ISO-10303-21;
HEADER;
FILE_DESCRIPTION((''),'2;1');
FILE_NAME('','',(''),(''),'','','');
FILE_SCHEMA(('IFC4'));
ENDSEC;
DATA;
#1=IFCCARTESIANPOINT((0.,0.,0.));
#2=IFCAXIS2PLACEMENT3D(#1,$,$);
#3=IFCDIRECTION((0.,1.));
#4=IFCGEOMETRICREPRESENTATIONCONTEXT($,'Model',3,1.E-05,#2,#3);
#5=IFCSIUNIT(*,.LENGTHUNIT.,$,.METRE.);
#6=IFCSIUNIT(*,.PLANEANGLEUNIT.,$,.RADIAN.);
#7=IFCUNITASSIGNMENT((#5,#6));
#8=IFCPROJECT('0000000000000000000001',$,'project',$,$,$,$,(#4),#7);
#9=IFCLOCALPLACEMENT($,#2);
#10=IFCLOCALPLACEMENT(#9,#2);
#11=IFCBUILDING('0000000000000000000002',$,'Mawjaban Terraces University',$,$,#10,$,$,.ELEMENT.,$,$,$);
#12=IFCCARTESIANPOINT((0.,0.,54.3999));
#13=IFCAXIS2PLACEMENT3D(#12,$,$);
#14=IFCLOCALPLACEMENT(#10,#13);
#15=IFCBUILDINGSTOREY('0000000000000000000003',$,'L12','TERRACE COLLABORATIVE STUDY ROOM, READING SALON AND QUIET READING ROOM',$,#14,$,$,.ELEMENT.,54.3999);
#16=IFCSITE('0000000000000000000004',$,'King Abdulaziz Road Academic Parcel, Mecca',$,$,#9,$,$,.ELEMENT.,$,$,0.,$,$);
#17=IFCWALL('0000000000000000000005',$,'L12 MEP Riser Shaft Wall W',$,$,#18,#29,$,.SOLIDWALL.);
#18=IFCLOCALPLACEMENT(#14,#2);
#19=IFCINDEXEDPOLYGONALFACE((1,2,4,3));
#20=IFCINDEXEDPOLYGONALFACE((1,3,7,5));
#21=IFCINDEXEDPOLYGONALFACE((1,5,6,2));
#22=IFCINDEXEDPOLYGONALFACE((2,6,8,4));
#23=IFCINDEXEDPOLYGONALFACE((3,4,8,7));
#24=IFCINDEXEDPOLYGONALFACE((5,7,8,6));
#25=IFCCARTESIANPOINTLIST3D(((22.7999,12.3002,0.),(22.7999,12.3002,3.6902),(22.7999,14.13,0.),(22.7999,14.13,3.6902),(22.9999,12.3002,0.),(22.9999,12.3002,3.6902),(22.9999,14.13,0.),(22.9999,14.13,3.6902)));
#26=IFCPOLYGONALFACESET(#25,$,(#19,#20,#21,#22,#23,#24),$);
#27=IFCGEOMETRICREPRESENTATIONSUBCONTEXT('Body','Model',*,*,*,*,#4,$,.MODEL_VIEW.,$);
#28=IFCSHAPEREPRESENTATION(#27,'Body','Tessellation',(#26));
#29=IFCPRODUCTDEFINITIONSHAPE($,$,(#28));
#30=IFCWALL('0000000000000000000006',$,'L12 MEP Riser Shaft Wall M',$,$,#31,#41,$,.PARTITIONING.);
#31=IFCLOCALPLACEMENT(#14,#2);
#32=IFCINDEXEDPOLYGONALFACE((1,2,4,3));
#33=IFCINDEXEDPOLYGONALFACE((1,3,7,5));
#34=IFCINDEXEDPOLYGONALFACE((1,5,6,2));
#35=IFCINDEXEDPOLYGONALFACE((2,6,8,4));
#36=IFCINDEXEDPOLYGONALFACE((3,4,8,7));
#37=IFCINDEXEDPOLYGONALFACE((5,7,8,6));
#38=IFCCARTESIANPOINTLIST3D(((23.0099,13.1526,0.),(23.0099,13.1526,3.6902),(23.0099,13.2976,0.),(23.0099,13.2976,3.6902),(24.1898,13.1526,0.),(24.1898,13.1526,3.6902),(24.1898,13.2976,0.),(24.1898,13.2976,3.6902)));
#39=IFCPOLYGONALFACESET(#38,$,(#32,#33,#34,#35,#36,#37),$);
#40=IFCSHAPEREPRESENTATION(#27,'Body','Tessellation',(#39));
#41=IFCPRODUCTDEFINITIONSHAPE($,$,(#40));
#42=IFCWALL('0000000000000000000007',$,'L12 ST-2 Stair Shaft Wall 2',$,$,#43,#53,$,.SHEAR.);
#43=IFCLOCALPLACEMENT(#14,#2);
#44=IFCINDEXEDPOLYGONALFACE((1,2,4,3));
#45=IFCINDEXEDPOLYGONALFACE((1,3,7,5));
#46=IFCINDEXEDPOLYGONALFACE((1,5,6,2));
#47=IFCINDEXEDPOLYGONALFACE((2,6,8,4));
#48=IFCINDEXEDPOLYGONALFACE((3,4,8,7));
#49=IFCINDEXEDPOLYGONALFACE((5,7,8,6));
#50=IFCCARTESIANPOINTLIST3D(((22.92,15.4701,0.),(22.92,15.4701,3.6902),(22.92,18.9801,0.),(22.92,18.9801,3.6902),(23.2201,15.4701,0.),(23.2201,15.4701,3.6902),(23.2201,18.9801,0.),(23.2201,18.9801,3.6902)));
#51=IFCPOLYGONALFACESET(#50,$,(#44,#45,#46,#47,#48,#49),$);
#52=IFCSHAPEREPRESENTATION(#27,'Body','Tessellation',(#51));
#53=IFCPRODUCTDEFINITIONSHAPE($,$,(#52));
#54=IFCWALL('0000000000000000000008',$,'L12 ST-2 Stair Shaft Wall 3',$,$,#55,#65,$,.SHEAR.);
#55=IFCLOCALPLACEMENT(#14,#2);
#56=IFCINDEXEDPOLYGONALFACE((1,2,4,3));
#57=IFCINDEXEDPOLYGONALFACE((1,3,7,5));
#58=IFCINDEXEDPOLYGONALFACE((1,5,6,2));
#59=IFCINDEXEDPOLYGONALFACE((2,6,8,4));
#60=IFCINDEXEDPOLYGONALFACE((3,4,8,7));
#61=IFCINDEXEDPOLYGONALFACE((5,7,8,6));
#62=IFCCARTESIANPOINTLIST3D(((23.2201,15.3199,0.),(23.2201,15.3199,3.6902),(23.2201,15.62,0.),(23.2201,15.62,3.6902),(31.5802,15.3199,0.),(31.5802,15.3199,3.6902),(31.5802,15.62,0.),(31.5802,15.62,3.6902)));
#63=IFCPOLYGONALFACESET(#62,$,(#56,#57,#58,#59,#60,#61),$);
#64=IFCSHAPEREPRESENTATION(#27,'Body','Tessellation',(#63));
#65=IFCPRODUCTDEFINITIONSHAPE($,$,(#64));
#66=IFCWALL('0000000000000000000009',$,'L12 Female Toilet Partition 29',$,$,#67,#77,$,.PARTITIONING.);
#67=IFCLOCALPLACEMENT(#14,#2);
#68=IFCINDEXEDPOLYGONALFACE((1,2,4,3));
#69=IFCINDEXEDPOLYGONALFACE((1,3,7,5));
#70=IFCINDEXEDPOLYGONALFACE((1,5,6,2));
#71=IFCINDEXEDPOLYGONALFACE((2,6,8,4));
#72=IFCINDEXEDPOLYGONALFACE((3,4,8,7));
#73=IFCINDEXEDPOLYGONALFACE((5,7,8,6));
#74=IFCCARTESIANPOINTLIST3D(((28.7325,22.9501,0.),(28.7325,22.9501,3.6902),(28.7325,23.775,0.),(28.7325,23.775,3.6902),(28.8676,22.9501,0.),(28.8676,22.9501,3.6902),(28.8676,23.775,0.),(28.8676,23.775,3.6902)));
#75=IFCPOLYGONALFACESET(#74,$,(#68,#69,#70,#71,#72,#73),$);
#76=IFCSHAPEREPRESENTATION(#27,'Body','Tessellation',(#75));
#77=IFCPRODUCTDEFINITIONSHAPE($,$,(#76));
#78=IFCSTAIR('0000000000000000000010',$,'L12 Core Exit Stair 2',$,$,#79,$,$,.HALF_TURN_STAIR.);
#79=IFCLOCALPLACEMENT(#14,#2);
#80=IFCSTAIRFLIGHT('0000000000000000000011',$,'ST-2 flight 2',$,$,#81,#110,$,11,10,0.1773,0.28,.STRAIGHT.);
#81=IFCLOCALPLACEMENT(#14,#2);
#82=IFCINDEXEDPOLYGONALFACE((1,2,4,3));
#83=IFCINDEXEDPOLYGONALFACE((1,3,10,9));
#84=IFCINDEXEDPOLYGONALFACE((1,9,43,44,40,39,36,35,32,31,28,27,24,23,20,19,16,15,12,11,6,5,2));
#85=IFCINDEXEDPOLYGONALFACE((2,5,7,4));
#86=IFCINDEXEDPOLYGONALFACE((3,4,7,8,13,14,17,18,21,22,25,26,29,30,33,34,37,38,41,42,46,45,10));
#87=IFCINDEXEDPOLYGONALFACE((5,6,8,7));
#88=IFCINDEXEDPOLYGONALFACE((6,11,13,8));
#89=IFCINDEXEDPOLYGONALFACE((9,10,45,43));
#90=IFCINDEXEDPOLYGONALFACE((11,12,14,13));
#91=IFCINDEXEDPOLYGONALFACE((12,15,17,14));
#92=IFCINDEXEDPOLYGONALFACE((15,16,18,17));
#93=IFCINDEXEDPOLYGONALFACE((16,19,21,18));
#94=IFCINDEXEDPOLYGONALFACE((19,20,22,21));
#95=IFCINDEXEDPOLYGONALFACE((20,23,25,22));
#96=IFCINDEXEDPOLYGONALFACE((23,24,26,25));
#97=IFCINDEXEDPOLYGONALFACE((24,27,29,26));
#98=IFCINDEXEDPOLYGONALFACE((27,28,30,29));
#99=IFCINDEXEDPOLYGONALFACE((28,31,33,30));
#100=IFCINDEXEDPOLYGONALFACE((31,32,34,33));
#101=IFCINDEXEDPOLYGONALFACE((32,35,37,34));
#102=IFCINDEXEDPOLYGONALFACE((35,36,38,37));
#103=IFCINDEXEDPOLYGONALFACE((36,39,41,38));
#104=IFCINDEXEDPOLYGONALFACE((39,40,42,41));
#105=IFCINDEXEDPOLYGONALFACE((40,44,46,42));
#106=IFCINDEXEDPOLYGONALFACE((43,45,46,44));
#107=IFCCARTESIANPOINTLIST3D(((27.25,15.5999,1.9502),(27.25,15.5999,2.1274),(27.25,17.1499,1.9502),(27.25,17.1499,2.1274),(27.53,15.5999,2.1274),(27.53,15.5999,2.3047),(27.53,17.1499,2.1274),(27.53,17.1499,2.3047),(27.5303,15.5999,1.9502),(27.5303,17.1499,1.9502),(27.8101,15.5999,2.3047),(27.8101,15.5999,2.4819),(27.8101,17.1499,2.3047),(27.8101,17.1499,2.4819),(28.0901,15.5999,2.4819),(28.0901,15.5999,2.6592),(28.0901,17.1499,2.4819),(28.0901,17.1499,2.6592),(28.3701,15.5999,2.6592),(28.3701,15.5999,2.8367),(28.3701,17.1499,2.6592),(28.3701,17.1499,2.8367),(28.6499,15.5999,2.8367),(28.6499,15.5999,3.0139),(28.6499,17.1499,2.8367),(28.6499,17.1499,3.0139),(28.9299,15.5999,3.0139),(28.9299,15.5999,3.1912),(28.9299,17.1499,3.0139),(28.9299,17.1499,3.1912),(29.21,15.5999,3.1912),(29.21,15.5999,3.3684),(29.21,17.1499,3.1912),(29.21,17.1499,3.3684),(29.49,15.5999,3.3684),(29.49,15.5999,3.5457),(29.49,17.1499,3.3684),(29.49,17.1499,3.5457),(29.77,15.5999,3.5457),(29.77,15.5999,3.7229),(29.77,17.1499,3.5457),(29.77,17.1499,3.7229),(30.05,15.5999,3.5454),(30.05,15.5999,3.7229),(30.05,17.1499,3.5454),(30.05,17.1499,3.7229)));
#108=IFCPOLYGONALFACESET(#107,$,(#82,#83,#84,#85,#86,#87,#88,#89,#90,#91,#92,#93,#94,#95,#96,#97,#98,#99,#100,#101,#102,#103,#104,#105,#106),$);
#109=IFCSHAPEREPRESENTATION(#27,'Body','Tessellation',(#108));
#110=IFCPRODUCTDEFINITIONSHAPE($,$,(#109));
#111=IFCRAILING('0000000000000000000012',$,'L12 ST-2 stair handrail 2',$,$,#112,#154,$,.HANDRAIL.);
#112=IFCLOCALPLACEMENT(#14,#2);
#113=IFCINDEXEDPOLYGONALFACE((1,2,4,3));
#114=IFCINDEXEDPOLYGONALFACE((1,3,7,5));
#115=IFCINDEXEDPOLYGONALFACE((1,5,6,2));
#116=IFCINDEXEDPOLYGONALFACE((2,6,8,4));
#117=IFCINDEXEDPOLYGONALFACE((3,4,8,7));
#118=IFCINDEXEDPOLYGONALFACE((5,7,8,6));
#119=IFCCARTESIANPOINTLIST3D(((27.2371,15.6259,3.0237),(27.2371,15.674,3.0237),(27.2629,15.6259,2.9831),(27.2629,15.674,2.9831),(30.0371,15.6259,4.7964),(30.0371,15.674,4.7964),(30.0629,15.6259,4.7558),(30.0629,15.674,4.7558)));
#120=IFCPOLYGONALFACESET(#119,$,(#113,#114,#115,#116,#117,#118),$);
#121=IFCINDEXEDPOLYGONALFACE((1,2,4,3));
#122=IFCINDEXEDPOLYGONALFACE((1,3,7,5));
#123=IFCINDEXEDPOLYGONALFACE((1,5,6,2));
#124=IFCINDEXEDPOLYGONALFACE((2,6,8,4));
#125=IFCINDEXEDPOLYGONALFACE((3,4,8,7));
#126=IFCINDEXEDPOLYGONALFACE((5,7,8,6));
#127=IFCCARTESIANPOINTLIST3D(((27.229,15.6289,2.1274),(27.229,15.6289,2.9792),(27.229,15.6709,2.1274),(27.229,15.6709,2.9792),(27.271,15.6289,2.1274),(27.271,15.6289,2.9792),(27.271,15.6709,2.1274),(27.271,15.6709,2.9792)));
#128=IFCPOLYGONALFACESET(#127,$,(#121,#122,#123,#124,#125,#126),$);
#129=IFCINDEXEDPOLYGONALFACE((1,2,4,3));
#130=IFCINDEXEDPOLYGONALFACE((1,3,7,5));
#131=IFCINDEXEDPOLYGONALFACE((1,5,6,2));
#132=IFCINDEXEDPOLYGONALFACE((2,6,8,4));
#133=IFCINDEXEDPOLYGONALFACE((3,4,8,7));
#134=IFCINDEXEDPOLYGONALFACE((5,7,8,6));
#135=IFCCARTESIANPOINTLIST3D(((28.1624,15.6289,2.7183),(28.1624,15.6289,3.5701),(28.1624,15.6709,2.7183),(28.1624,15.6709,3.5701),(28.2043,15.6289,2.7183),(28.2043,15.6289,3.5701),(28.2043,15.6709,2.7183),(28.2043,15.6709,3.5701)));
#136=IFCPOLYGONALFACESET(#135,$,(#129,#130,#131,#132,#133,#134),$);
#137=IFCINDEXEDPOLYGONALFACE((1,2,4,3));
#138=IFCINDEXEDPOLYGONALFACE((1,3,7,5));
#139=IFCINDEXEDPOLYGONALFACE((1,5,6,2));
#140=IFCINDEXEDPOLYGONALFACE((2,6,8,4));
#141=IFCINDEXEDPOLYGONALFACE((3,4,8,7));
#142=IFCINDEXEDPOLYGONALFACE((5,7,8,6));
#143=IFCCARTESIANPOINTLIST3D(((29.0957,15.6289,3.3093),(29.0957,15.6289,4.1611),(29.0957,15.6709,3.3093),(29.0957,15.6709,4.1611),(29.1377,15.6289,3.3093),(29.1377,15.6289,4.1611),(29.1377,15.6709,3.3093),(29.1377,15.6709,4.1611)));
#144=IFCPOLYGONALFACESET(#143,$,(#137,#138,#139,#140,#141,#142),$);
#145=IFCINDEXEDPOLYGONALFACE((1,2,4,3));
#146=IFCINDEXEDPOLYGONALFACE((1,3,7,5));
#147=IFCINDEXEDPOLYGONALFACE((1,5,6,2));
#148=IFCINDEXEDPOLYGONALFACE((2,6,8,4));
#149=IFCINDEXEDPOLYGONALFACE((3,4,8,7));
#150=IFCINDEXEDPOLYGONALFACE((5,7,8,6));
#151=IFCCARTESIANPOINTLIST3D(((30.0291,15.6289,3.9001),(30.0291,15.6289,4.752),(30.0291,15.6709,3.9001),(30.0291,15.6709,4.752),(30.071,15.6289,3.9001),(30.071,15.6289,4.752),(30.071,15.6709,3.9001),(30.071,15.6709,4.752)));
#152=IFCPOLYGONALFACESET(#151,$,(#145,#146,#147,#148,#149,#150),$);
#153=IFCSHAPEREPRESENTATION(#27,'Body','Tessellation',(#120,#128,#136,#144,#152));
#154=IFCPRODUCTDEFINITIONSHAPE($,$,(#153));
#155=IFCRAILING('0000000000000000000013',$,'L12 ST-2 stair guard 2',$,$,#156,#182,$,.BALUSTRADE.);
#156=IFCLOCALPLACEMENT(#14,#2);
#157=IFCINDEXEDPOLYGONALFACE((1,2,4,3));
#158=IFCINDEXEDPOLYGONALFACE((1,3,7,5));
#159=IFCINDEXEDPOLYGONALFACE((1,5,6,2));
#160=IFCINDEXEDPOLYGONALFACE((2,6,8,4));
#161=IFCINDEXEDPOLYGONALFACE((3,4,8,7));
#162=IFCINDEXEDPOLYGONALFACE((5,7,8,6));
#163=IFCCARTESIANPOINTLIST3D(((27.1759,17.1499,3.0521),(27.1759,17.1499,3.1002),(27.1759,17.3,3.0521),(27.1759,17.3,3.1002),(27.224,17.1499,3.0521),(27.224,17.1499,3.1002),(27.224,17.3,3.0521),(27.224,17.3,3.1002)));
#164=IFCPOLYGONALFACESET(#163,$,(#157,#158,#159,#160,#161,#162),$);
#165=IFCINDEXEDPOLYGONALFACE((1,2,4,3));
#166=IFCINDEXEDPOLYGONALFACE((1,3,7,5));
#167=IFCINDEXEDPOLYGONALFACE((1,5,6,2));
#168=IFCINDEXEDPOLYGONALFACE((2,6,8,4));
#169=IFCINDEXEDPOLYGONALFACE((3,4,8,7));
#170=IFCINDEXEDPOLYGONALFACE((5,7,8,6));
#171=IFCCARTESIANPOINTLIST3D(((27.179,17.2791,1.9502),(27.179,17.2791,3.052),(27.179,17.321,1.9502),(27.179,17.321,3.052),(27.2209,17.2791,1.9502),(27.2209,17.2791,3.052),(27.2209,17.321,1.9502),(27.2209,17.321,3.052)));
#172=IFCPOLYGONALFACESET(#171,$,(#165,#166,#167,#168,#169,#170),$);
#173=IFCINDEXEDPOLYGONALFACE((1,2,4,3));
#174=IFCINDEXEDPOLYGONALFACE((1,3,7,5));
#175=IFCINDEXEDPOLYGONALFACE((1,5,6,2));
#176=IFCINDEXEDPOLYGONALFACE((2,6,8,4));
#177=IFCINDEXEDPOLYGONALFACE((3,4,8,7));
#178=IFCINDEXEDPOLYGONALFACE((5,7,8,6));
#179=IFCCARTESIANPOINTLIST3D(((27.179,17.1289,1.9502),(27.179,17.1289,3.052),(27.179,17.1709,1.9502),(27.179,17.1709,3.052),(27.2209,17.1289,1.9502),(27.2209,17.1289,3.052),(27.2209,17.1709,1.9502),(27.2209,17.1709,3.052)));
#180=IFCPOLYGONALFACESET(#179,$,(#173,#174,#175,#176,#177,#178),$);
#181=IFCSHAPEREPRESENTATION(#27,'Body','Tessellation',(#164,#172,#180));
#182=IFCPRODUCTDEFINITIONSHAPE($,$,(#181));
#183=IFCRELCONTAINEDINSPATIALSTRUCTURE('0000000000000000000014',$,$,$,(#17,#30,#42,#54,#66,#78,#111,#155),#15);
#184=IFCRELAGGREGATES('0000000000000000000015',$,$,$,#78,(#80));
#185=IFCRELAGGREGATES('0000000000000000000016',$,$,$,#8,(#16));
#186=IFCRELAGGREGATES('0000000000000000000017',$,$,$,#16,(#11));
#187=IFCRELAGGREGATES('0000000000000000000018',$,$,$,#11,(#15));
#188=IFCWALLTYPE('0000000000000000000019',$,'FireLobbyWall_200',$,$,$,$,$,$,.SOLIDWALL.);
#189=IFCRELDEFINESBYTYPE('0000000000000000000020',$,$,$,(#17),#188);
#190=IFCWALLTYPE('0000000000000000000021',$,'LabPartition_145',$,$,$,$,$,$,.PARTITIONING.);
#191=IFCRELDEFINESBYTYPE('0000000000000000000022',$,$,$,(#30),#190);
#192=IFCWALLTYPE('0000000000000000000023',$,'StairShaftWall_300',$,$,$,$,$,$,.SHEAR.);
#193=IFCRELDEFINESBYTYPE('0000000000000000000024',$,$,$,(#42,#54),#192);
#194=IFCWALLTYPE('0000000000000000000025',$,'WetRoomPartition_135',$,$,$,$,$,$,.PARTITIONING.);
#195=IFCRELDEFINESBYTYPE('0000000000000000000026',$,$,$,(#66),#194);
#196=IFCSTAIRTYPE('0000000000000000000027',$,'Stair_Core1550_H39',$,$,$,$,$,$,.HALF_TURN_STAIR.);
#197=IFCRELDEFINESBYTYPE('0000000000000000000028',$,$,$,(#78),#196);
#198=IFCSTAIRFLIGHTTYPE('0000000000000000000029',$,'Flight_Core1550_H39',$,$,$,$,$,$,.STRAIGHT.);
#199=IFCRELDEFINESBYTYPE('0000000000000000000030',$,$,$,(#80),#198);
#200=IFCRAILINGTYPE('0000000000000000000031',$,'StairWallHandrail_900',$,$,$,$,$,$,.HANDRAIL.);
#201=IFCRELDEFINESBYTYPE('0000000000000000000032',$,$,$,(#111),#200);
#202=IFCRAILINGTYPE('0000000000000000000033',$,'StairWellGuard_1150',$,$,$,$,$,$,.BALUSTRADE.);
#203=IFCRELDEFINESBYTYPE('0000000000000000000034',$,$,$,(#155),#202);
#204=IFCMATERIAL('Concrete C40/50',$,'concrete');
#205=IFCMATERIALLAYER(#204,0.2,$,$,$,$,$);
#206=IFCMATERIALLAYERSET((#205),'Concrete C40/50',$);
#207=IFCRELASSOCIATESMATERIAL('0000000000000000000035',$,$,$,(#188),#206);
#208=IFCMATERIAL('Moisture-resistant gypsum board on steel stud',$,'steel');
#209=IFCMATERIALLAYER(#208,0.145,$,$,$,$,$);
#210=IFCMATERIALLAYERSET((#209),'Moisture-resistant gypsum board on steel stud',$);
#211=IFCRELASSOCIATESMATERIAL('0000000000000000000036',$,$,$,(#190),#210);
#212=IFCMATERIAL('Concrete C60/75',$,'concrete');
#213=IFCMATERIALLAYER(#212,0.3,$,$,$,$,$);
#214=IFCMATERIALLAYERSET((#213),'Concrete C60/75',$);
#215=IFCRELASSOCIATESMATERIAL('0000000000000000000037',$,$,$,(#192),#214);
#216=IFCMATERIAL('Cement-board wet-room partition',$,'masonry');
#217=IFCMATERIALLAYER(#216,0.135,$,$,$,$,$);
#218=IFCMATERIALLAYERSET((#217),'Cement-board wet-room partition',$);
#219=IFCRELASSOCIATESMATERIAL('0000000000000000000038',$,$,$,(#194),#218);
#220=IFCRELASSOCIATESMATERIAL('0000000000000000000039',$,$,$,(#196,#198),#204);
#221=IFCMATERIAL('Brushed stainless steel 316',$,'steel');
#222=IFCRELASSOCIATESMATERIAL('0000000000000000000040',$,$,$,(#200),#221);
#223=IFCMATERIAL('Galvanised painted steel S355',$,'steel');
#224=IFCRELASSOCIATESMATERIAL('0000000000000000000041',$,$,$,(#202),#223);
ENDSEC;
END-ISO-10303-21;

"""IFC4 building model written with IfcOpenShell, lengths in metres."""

from ifc_helpers import new_model, si_unit, direction, frame, frame_2d, origin, origin_2d, place, context, subcontext, project, spatial, polyline, rectangle, outline, extrude, material, layer, layer_set, type_object, element, aggregate, save


model = new_model("IFC4")

# Units and contexts
model_context = context("Model", 3, precision=1e-05, world=origin(), true_north=direction((0.0, 1.0)))
body_context = subcontext(model_context, "Body", "Model", "MODEL_VIEW")
ifc_project = project(units=[si_unit("LENGTHUNIT", "METRE"), si_unit("PLANEANGLEUNIT", "RADIAN")], contexts=[model_context])

# Site, building, storey
site_placement = place(None, origin())
site = spatial("IfcSite", under=ifc_project, at=site_placement, Name="King Abdulaziz Road Academic Parcel, Mecca", CompositionType="ELEMENT", RefElevation=0.0)
building_placement = place(site_placement, origin())
building = spatial("IfcBuilding", under=site, at=building_placement, Name="Mawjaban Terraces University", CompositionType="ELEMENT")
storey_placement = place(building_placement, frame((0.0, 0.0, 54.3999)))
storey = spatial("IfcBuildingStorey", under=building, at=storey_placement, Name="L12", Description="TERRACE COLLABORATIVE STUDY ROOM, READING SALON AND QUIET READING ROOM", CompositionType="ELEMENT", Elevation=54.3999)

# Walls
ifc_material_1 = material(Name="Concrete C40/50", Category="concrete")
ifc_layer_1 = layer(ifc_material_1, 0.2)
ifc_layer_set_1 = layer_set([ifc_layer_1], Name="Concrete C40/50")
wall_type_1 = type_object("IfcWallType", Name="FireLobbyWall_200", PredefinedType="SOLIDWALL", material=ifc_layer_set_1)
for number, where, z_axis, x_axis, name in (
    (1, (22.8999, 12.3, 0.0), (0.0, 0.0, 1.0), (0.0, 1.0, 0.0), "L12 MEP Riser Shaft Wall W"),
):
    element("IfcWall", number, at=place(storey_placement, frame(where, z_axis=z_axis, x_axis=x_axis)), inside=storey, type_object=wall_type_1, Name=name, PredefinedType="SOLIDWALL", context=body_context, shape_type="SweptSolid", body=[
        extrude(rectangle(XDim=1.8298, YDim=0.2, at=frame_2d((0.915, 0.0))), origin(), (0.0, 0.0, 1.0), 3.6902),
    ])
ifc_material_2 = material(Name="Moisture-resistant gypsum board on steel stud", Category="steel")
ifc_layer_2 = layer(ifc_material_2, 0.145)
ifc_layer_set_2 = layer_set([ifc_layer_2], Name="Moisture-resistant gypsum board on steel stud")
wall_type_2 = type_object("IfcWallType", Name="LabPartition_145", PredefinedType="PARTITIONING", material=ifc_layer_set_2)
wall_1_placement = place(storey_placement, frame((23.01, 13.2251, 0.0), z_axis=(0.0, 0.0, 1.0), x_axis=(1.0, 0.0, 0.0)))
element("IfcWall", 2, at=wall_1_placement, inside=storey, type_object=wall_type_2, Name="L12 MEP Riser Shaft Wall M", PredefinedType="PARTITIONING", context=body_context, shape_type="SweptSolid", body=[
    extrude(rectangle(XDim=1.1799, YDim=0.145, at=frame_2d((0.5898, 0.0))), origin(), (0.0, 0.0, 1.0), 3.6902),
])
ifc_material_3 = material(Name="Concrete C60/75", Category="concrete")
ifc_layer_3 = layer(ifc_material_3, 0.3)
ifc_layer_set_3 = layer_set([ifc_layer_3], Name="Concrete C60/75")
wall_type_3 = type_object("IfcWallType", Name="StairShaftWall_300", PredefinedType="SHEAR", material=ifc_layer_set_3)
wall_2_placement = place(storey_placement, frame((23.0701, 18.98, 0.0), z_axis=(0.0, 0.0, 1.0), x_axis=(0.0, -1.0, 0.0)))
element("IfcWall", 3, at=wall_2_placement, inside=storey, type_object=wall_type_3, Name="L12 ST-2 Stair Shaft Wall 2", PredefinedType="SHEAR", context=body_context, shape_type="SweptSolid", body=[
    extrude(rectangle(XDim=3.51, YDim=0.3, at=frame_2d((1.7549, 0.0))), origin(), (0.0, 0.0, 1.0), 3.6902),
])
wall_3_placement = place(storey_placement, frame((23.22, 15.47, 0.0), z_axis=(0.0, 0.0, 1.0), x_axis=(1.0, 0.0, 0.0)))
element("IfcWall", 4, at=wall_3_placement, inside=storey, type_object=wall_type_3, Name="L12 ST-2 Stair Shaft Wall 3", PredefinedType="SHEAR", context=body_context, shape_type="SweptSolid", body=[
    extrude(rectangle(XDim=8.3601, YDim=0.3, at=frame_2d((4.1802, 0.0))), origin(), (0.0, 0.0, 1.0), 3.6902),
])
ifc_material_4 = material(Name="Cement-board wet-room partition", Category="masonry")
ifc_layer_4 = layer(ifc_material_4, 0.135)
ifc_layer_set_4 = layer_set([ifc_layer_4], Name="Cement-board wet-room partition")
wall_type_4 = type_object("IfcWallType", Name="WetRoomPartition_135", PredefinedType="PARTITIONING", material=ifc_layer_set_4)
wall_4_placement = place(storey_placement, frame((28.8, 22.95, 0.0), z_axis=(0.0, 0.0, 1.0), x_axis=(0.0, 1.0, 0.0)))
element("IfcWall", 5, at=wall_4_placement, inside=storey, type_object=wall_type_4, Name="L12 Female Toilet Partition 29", PredefinedType="PARTITIONING", context=body_context, shape_type="SweptSolid", body=[
    extrude(rectangle(XDim=0.825, YDim=0.135, at=frame_2d((0.4126, 0.0))), origin(), (0.0, 0.0, 1.0), 3.6902),
])

# Stair, stair flight
stair_type = type_object("IfcStairType", Name="Stair_Core1550_H39", PredefinedType="HALF_TURN_STAIR", material=ifc_material_1)
stair_placement = place(storey_placement, origin())
stair = element("IfcStair", 6, at=stair_placement, inside=storey, type_object=stair_type, Name="L12 Core Exit Stair 2", PredefinedType="HALF_TURN_STAIR")
stair_flight_type = type_object("IfcStairFlightType", Name="Flight_Core1550_H39", PredefinedType="STRAIGHT", material=ifc_material_1)
stair_flight_placement = place(storey_placement, frame((27.25, 16.375, 1.9502), z_axis=(0.0, 0.0, 1.0), x_axis=(1.0, 0.0, 0.0)))
stair_flight = element("IfcStairFlight", 7, at=stair_flight_placement, type_object=stair_flight_type, Name="ST-2 flight 2", NumberOfRisers=11, NumberOfTreads=10, PredefinedType="STRAIGHT", RiserHeight=0.1773, TreadLength=0.28, context=body_context, shape_type="SweptSolid", body=[
    extrude(outline(polyline([(0.0, 0.0), (0.0, 0.1772), (0.28, 0.1772), (0.28, 0.3545), (0.5601, 0.3545), (0.5601, 0.5317), (0.8401, 0.5317), (0.8401, 0.709), (1.1201, 0.709), (1.1201, 0.8865), (1.3999, 0.8865), (1.3999, 1.0637), (1.6799, 1.0637), (1.6799, 1.241), (1.96, 1.241), (1.96, 1.4182), (2.24, 1.4182), (2.24, 1.5955), (2.52, 1.5955), (2.52, 1.7727), (2.8, 1.7727), (2.8, 1.95), (2.8, 1.5952), (0.2803, 0.0), (0.0, 0.0)])), frame((0.0, 0.7749, 0.0), z_axis=(0.0, -1.0, 0.0), x_axis=(1.0, 0.0, 0.0)), (0.0, 0.0, 1.0), 1.55),
])
aggregate(stair, [stair_flight])

# Railings
ifc_material_5 = material(Name="Brushed stainless steel 316", Category="steel")
railing_type_1 = type_object("IfcRailingType", Name="StairWallHandrail_900", PredefinedType="HANDRAIL", material=ifc_material_5)
railing_1_placement = place(storey_placement, frame((27.25, 15.6499, 2.1274)))
element("IfcRailing", 8, at=railing_1_placement, inside=storey, type_object=railing_type_1, Name="L12 ST-2 stair handrail 2", PredefinedType="HANDRAIL", context=body_context, shape_type="SweptSolid", body=[
    extrude(rectangle(XDim=0.0481, YDim=0.0481, at=origin_2d()), frame((0.0, 0.0, 0.876), z_axis=(0.844909, 0.0, 0.53491), x_axis=(0.0, 1.0, 0.0)), (0.0, 0.0, 1.0), 3.314),
    extrude(rectangle(XDim=0.042, YDim=0.042, at=origin_2d()), origin(), (0.0, 0.0, 1.0), 0.8518),
    extrude(rectangle(XDim=0.042, YDim=0.042, at=origin_2d()), frame((0.9333, 0.0, 0.5908)), (0.0, 0.0, 1.0), 0.8518),
    extrude(rectangle(XDim=0.042, YDim=0.042, at=origin_2d()), frame((1.8667, 0.0, 1.1819)), (0.0, 0.0, 1.0), 0.8518),
    extrude(rectangle(XDim=0.042, YDim=0.042, at=origin_2d()), frame((2.8, 0.0, 1.7727)), (0.0, 0.0, 1.0), 0.8518),
])
ifc_material_6 = material(Name="Galvanised painted steel S355", Category="steel")
railing_type_2 = type_object("IfcRailingType", Name="StairWellGuard_1150", PredefinedType="BALUSTRADE", material=ifc_material_6)
railing_2_placement = place(storey_placement, frame((27.2, 17.3, 1.9502)))
element("IfcRailing", 9, at=railing_2_placement, inside=storey, type_object=railing_type_2, Name="L12 ST-2 stair guard 2", PredefinedType="BALUSTRADE", context=body_context, shape_type="SweptSolid", body=[
    extrude(rectangle(XDim=0.0481, YDim=0.0481, at=origin_2d()), frame((0.0, 0.0, 1.126), z_axis=(0.0, -1.0, 0.0), x_axis=(1.0, 0.0, 0.0)), (0.0, 0.0, 1.0), 0.1501),
    extrude(rectangle(XDim=0.042, YDim=0.042, at=origin_2d()), origin(), (0.0, 0.0, 1.0), 1.1018),
    extrude(rectangle(XDim=0.042, YDim=0.042, at=origin_2d()), frame((0.0, -0.1501, 0.0)), (0.0, 0.0, 1.0), 1.1018),
])

save(model, "model.ifc")
